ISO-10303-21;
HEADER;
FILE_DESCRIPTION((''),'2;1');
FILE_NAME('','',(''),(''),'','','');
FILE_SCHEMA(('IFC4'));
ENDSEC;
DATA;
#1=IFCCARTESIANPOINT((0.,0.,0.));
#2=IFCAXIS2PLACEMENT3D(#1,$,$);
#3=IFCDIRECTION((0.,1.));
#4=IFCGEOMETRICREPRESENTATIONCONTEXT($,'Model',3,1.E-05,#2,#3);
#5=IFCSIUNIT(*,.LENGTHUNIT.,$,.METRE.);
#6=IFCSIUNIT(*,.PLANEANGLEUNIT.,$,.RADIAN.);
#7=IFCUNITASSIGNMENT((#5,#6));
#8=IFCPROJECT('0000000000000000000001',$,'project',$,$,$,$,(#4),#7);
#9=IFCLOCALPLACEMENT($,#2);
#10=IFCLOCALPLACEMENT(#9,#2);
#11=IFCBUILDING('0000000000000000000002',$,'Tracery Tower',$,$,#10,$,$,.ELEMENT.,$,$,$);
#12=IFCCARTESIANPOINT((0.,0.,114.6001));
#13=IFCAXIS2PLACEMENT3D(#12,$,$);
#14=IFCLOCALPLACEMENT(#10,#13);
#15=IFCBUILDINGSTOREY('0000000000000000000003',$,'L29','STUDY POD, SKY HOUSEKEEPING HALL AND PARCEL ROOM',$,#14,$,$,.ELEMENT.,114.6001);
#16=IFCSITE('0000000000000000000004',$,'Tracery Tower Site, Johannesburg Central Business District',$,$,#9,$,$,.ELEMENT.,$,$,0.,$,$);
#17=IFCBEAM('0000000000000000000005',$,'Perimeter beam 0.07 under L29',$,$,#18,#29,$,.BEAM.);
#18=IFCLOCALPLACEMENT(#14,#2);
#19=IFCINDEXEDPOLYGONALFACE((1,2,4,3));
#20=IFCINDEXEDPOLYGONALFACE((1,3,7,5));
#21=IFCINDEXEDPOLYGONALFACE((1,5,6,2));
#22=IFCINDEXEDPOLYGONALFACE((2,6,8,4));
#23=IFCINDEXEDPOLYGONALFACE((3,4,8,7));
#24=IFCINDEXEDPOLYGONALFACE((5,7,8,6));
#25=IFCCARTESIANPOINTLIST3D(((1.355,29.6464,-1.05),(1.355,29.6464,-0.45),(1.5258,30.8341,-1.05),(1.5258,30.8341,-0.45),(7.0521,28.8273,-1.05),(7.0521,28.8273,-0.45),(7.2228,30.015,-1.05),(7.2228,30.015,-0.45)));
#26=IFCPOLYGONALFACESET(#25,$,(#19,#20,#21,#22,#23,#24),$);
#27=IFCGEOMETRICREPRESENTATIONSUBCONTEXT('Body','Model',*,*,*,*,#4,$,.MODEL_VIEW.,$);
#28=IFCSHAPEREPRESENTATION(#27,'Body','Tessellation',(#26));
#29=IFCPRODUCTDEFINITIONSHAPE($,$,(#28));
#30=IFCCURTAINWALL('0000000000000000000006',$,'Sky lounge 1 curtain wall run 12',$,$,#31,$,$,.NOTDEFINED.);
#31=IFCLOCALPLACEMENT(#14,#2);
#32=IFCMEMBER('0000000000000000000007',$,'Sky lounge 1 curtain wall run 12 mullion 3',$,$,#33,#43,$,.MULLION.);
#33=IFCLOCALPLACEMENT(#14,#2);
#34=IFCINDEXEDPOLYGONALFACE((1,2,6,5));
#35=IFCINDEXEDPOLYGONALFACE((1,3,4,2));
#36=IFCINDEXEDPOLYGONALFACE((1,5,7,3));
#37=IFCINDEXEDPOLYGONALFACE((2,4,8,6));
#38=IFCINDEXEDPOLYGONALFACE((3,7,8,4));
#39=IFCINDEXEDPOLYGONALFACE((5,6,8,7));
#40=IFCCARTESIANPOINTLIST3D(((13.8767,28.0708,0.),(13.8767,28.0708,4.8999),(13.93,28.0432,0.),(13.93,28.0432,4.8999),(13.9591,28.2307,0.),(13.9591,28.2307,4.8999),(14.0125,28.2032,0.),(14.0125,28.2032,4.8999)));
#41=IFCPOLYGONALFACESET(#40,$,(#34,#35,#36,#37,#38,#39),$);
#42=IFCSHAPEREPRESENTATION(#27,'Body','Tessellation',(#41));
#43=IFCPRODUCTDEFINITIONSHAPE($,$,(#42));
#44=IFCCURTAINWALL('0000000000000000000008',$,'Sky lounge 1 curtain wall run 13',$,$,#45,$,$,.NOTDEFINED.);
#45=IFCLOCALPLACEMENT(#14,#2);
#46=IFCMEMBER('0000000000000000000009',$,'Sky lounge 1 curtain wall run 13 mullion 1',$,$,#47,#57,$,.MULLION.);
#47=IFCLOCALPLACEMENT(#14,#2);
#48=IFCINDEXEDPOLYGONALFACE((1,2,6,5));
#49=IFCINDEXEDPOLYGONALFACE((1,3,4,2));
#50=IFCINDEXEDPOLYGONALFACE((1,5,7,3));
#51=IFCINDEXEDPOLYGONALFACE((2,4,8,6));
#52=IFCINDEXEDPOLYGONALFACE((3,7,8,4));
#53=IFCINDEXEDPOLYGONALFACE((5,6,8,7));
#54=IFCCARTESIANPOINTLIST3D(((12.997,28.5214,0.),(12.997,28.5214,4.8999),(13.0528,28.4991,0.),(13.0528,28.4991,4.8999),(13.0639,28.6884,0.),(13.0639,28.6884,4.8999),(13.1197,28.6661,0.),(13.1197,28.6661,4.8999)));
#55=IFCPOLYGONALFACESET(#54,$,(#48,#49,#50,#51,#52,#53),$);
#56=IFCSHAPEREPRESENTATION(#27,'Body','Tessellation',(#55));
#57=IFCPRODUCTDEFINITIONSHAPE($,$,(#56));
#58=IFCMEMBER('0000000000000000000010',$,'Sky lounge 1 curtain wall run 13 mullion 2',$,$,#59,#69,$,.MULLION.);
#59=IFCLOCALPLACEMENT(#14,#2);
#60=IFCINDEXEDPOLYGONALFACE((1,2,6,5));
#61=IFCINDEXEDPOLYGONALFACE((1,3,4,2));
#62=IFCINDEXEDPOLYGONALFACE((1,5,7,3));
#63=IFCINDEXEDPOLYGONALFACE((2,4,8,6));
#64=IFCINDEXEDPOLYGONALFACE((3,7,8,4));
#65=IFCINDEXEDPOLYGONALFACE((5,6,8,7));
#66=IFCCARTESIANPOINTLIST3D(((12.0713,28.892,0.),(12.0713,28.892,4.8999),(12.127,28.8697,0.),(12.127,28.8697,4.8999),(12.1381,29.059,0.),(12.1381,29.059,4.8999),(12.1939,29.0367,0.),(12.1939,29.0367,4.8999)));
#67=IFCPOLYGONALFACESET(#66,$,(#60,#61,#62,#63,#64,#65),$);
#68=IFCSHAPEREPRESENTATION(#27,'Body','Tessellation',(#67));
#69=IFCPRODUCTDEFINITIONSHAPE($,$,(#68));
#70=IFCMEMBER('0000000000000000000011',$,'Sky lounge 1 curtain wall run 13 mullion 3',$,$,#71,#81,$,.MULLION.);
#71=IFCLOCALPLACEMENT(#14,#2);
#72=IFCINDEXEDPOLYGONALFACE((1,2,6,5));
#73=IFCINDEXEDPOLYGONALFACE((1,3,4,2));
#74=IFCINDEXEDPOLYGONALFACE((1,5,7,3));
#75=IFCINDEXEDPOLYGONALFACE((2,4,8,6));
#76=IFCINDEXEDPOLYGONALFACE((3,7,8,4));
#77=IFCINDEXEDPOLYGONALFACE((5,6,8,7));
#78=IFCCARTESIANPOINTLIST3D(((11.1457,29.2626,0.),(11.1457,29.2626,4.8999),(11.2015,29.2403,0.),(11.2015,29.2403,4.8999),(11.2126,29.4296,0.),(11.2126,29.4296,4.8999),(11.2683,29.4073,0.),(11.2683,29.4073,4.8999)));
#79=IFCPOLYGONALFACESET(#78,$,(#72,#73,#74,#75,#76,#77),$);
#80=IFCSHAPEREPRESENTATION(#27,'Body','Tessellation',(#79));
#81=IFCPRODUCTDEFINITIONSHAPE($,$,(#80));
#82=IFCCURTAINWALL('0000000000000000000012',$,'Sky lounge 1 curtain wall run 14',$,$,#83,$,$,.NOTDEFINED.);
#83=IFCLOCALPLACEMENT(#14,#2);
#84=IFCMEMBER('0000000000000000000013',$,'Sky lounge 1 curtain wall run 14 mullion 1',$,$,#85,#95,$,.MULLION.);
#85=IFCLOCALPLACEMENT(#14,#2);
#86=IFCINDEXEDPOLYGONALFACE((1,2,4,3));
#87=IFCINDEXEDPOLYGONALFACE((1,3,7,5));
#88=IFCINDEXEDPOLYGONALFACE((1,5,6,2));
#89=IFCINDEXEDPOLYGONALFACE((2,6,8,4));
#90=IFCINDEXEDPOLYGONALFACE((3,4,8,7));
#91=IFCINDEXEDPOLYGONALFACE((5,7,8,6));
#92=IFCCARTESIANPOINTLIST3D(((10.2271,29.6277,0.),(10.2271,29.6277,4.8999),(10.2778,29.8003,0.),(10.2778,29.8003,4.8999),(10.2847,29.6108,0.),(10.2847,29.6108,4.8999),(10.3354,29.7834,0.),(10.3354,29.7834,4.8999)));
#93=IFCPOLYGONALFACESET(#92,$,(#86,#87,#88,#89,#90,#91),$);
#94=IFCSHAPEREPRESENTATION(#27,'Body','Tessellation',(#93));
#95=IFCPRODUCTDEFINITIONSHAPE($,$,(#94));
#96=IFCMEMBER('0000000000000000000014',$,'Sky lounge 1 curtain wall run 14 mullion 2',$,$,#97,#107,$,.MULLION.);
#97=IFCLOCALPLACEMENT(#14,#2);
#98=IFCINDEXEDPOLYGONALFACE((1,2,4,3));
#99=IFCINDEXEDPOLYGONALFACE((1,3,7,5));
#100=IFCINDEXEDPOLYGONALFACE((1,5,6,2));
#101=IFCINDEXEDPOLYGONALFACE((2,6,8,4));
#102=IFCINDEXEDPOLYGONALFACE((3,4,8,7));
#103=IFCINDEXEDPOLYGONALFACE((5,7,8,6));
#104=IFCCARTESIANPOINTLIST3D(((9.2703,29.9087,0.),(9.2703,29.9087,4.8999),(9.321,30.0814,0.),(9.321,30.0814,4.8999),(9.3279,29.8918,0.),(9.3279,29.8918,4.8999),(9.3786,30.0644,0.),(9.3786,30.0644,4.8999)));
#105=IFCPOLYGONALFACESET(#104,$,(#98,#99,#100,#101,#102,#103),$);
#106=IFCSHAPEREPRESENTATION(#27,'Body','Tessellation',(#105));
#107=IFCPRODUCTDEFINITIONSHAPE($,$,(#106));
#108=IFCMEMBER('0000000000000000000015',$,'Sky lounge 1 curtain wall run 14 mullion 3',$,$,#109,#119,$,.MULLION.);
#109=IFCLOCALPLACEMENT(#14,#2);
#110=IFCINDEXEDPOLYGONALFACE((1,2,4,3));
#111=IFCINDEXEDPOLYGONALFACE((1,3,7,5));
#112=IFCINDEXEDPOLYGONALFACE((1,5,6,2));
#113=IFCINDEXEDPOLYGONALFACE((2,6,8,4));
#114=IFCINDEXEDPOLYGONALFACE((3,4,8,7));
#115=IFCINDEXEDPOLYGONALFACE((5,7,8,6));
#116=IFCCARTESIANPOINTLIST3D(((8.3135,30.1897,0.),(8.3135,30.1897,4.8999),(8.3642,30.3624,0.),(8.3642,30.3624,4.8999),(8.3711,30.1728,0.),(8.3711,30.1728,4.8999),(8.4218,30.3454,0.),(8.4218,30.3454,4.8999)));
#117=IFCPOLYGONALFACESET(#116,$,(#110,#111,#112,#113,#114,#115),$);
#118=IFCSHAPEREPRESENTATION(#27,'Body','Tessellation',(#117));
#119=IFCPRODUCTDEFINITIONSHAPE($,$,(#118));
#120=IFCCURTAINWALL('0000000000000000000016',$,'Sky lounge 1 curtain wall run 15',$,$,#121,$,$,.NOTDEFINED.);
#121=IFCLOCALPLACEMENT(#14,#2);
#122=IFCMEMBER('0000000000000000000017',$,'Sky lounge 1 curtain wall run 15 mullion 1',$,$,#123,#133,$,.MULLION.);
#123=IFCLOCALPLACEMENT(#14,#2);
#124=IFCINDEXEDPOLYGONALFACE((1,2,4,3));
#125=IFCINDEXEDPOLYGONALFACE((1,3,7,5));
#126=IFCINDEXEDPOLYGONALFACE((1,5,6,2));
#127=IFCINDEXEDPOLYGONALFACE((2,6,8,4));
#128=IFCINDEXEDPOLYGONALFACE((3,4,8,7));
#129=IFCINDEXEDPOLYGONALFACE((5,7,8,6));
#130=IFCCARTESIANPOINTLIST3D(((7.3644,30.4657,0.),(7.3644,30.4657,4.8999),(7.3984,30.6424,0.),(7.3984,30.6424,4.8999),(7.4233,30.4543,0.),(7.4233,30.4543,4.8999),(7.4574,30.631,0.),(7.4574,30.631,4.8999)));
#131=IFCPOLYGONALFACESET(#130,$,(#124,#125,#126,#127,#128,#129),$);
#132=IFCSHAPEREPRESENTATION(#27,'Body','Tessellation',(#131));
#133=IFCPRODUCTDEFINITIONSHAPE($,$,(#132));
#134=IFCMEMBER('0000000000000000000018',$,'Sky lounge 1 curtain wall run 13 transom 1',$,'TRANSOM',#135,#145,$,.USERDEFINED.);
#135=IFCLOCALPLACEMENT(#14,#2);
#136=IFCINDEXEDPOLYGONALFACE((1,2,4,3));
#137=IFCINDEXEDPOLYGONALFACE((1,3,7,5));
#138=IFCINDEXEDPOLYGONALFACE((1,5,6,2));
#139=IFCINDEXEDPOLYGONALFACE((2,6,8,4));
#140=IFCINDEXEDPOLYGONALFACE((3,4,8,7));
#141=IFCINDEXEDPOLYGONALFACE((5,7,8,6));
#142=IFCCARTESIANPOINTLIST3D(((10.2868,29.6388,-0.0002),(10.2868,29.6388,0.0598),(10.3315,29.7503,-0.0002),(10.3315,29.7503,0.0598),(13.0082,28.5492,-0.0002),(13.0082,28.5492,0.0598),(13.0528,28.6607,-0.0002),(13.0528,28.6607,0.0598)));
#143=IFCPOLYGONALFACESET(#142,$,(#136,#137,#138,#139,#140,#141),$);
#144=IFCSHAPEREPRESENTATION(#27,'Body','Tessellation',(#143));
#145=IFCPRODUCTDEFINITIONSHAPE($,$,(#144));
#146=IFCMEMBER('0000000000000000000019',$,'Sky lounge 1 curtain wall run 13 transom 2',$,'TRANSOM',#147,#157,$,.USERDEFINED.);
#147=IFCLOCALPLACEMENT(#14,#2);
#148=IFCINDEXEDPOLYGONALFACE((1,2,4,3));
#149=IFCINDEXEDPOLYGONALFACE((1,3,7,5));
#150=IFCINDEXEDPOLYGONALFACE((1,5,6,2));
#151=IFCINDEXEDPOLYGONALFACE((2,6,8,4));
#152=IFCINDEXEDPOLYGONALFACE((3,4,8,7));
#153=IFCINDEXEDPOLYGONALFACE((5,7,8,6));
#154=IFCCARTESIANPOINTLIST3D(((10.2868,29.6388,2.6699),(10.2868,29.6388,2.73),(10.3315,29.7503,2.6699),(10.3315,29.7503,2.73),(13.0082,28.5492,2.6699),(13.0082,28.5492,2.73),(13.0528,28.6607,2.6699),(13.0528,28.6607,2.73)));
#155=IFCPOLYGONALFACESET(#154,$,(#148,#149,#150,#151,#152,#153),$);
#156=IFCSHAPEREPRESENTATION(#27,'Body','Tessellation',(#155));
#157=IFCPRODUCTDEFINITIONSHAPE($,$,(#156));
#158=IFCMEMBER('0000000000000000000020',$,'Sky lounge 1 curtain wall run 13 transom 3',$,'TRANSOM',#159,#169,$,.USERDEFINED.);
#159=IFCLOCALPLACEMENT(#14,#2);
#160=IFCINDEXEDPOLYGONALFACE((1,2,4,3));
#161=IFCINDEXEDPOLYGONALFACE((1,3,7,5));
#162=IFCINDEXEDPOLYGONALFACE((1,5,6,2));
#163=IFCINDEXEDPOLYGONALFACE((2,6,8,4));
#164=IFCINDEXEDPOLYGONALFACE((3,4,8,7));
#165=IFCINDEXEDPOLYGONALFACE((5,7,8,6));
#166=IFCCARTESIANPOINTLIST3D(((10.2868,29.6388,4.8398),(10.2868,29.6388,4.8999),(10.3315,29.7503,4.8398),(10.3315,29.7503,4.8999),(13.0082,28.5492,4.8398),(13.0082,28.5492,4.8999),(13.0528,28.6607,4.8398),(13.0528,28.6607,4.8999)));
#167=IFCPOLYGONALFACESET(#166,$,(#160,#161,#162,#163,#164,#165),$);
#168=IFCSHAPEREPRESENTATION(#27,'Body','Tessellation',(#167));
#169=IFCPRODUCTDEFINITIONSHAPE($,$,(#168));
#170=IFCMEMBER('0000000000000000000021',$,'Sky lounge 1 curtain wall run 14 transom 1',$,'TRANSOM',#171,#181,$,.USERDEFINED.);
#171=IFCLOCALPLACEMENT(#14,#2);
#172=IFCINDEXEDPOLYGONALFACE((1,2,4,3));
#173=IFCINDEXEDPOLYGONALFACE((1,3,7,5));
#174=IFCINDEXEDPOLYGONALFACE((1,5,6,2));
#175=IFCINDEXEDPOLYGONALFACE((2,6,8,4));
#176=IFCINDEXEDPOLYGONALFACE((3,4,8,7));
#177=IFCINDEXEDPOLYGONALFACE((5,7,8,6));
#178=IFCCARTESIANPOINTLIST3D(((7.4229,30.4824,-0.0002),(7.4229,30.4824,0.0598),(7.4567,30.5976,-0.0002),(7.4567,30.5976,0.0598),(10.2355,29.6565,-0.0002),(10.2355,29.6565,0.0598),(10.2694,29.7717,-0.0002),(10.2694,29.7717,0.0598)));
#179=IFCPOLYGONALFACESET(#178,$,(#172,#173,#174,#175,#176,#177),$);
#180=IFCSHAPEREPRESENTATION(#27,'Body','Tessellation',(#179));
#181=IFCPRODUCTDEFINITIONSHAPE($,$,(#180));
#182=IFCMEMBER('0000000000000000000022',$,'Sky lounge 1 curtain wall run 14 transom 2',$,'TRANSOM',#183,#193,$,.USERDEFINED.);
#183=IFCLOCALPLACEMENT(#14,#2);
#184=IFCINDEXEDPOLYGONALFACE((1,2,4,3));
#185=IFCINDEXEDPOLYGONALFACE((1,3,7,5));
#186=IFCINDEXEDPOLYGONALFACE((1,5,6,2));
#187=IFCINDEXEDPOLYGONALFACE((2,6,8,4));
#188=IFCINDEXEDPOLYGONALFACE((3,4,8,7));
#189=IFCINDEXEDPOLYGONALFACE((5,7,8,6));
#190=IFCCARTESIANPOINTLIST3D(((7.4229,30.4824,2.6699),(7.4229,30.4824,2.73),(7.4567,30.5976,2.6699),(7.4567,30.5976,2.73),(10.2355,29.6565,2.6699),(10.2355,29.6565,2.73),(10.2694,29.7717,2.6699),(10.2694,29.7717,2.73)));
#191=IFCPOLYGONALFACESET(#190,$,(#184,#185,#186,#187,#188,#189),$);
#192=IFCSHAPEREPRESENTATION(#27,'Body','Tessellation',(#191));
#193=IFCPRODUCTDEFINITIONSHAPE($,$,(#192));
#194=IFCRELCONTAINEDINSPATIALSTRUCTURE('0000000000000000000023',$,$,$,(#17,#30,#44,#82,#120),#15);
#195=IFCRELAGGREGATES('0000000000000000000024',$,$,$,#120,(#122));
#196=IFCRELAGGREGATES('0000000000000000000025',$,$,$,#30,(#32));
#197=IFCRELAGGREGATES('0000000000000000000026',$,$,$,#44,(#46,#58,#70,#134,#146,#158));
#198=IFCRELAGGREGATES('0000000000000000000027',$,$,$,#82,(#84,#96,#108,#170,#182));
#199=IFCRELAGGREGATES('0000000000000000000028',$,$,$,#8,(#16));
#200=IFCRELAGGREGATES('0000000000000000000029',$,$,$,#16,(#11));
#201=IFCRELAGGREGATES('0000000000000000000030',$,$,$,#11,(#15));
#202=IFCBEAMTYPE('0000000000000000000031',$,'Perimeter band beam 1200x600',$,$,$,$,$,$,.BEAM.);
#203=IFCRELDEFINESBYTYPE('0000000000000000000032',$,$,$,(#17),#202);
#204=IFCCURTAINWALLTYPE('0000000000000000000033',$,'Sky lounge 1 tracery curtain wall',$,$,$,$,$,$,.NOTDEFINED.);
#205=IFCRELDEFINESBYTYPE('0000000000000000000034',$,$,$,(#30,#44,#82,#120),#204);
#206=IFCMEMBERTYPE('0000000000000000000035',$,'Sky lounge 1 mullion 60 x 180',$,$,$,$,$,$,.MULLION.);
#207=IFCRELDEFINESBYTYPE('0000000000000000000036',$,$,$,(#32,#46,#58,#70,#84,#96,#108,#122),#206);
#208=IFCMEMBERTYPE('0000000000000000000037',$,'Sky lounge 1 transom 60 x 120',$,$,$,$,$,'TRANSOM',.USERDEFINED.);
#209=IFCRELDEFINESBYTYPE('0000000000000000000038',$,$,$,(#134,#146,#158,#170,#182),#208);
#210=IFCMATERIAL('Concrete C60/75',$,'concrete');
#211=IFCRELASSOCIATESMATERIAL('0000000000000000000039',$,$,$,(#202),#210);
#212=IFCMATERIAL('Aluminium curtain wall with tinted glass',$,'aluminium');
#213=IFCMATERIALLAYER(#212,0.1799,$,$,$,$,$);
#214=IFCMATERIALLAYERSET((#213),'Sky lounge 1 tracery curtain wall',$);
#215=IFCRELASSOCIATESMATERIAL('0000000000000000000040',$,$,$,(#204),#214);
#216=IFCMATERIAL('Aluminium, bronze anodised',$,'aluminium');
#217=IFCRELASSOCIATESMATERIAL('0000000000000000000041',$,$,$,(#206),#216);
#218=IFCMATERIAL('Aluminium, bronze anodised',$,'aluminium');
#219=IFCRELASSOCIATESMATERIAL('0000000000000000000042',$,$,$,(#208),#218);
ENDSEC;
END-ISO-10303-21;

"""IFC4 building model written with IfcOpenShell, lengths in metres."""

from ifc_helpers import new_model, si_unit, direction, frame, origin, origin_2d, place, context, subcontext, project, spatial, rectangle, extrude, material, layer, layer_set, material_profile, profile_set, type_object, element, aggregate, save


model = new_model("IFC4")

# Units and contexts
model_context = context("Model", 3, precision=1e-05, world=origin(), true_north=direction((0.0, 1.0)))
body_context = subcontext(model_context, "Body", "Model", "MODEL_VIEW")
ifc_project = project(units=[si_unit("LENGTHUNIT", "METRE"), si_unit("PLANEANGLEUNIT", "RADIAN")], contexts=[model_context])

# Site, building, storey
site_placement = place(None, origin())
site = spatial("IfcSite", under=ifc_project, at=site_placement, Name="Tracery Tower Site, Johannesburg Central Business District", CompositionType="ELEMENT", RefElevation=0.0)
building_placement = place(site_placement, origin())
building = spatial("IfcBuilding", under=site, at=building_placement, Name="Tracery Tower", CompositionType="ELEMENT")
storey_placement = place(building_placement, frame((0.0, 0.0, 114.6001)))
storey = spatial("IfcBuildingStorey", under=building, at=storey_placement, Name="L29", Description="STUDY POD, SKY HOUSEKEEPING HALL AND PARCEL ROOM", CompositionType="ELEMENT", Elevation=114.6001)

# Beam
ifc_material_1 = material(Name="Concrete C60/75", Category="concrete")
ifc_material_profile_1 = material_profile(ifc_material_1, rectangle(XDim=1.2, YDim=0.6001, at=origin_2d()), Name="RC 1200x600")
ifc_profile_set_1 = profile_set([ifc_material_profile_1], Name="Concrete C60/75")
beam_type = type_object("IfcBeamType", Name="Perimeter band beam 1200x600", PredefinedType="BEAM", material=ifc_profile_set_1)
beam_placement = place(storey_placement, frame((7.1375, 29.4211, -0.75), z_axis=(-0.989822, 0.142312, 0.0), x_axis=(-0.142312, -0.989822, 0.0)))
element("IfcBeam", 1, at=beam_placement, inside=storey, type_object=beam_type, Name="Perimeter beam 0.07 under L29", PredefinedType="BEAM", context=body_context, shape_type="SweptSolid", body=[
    extrude(rectangle(XDim=1.2, YDim=0.6001, at=origin_2d()), origin(), (0.0, 0.0, 1.0), 5.7556),
])

# Curtain wall, member
ifc_material_2 = material(Name="Aluminium curtain wall with tinted glass", Category="aluminium")
ifc_layer_1 = layer(ifc_material_2, 0.1799)
ifc_layer_set_1 = layer_set([ifc_layer_1], Name="Sky lounge 1 tracery curtain wall")
curtain_wall_type = type_object("IfcCurtainWallType", Name="Sky lounge 1 tracery curtain wall", PredefinedType="NOTDEFINED", material=ifc_layer_set_1)
curtain_wall_1_placement = place(storey_placement, origin())
curtain_wall_1 = element("IfcCurtainWall", 2, at=curtain_wall_1_placement, inside=storey, type_object=curtain_wall_type, Name="Sky lounge 1 curtain wall run 12", PredefinedType="NOTDEFINED")
ifc_material_3 = material(Name="Aluminium, bronze anodised", Category="aluminium")
ifc_material_profile_2 = material_profile(ifc_material_3, rectangle(XDim=0.1799, YDim=0.0601, at=origin_2d()), Name="AL 60x180")
ifc_profile_set_2 = profile_set([ifc_material_profile_2], Name="Aluminium, bronze anodised")
member_type_1 = type_object("IfcMemberType", Name="Sky lounge 1 mullion 60 x 180", PredefinedType="MULLION", material=ifc_profile_set_2)
member_1_placement = place(storey_placement, frame((13.9446, 28.137, 0.0), z_axis=(0.0, 0.0, 1.0), x_axis=(-0.458227, -0.888835, 0.0)))
member_1 = element("IfcMember", 3, at=member_1_placement, type_object=member_type_1, Name="Sky lounge 1 curtain wall run 12 mullion 3", PredefinedType="MULLION", context=body_context, shape_type="SweptSolid", body=[
    extrude(rectangle(XDim=0.1799, YDim=0.0601, at=origin_2d()), origin(), (0.0, 0.0, 1.0), 4.8999),
])

# Curtain walls, members
curtain_wall_2_placement = place(storey_placement, origin())
curtain_wall_2 = element("IfcCurtainWall", 4, at=curtain_wall_2_placement, inside=storey, type_object=curtain_wall_type, Name="Sky lounge 1 curtain wall run 13", PredefinedType="NOTDEFINED")
member_2_placement = place(storey_placement, frame((13.0583, 28.5938, 0.0), z_axis=(0.0, 0.0, 1.0), x_axis=(-0.371662, -0.928368, 0.0)))
member_2 = element("IfcMember", 5, at=member_2_placement, type_object=member_type_1, Name="Sky lounge 1 curtain wall run 13 mullion 1", PredefinedType="MULLION", context=body_context, shape_type="SweptSolid", body=[
    extrude(rectangle(XDim=0.1799, YDim=0.0601, at=origin_2d()), origin(), (0.0, 0.0, 1.0), 4.8999),
])
member_3_placement = place(storey_placement, frame((12.1326, 28.9644, 0.0), z_axis=(0.0, 0.0, 1.0), x_axis=(-0.371662, -0.928368, 0.0)))
member_3 = element("IfcMember", 6, at=member_3_placement, type_object=member_type_1, Name="Sky lounge 1 curtain wall run 13 mullion 2", PredefinedType="MULLION", context=body_context, shape_type="SweptSolid", body=[
    extrude(rectangle(XDim=0.1799, YDim=0.0601, at=origin_2d()), origin(), (0.0, 0.0, 1.0), 4.8999),
])
member_4_placement = place(storey_placement, frame((11.207, 29.335, 0.0), z_axis=(0.0, 0.0, 1.0), x_axis=(-0.371662, -0.928368, 0.0)))
member_4 = element("IfcMember", 7, at=member_4_placement, type_object=member_type_1, Name="Sky lounge 1 curtain wall run 13 mullion 3", PredefinedType="MULLION", context=body_context, shape_type="SweptSolid", body=[
    extrude(rectangle(XDim=0.1799, YDim=0.0601, at=origin_2d()), origin(), (0.0, 0.0, 1.0), 4.8999),
])
curtain_wall_3_placement = place(storey_placement, origin())
curtain_wall_3 = element("IfcCurtainWall", 8, at=curtain_wall_3_placement, inside=storey, type_object=curtain_wall_type, Name="Sky lounge 1 curtain wall run 14", PredefinedType="NOTDEFINED")
member_5_placement = place(storey_placement, frame((10.2812, 29.7056, 0.0), z_axis=(0.0, 0.0, 1.0), x_axis=(-0.281733, -0.959493, 0.0)))
member_5 = element("IfcMember", 9, at=member_5_placement, type_object=member_type_1, Name="Sky lounge 1 curtain wall run 14 mullion 1", PredefinedType="MULLION", context=body_context, shape_type="SweptSolid", body=[
    extrude(rectangle(XDim=0.1799, YDim=0.0601, at=origin_2d()), origin(), (0.0, 0.0, 1.0), 4.8999),
])
member_6_placement = place(storey_placement, frame((9.3245, 29.9866, 0.0), z_axis=(0.0, 0.0, 1.0), x_axis=(-0.281733, -0.959493, 0.0)))
member_6 = element("IfcMember", 10, at=member_6_placement, type_object=member_type_1, Name="Sky lounge 1 curtain wall run 14 mullion 2", PredefinedType="MULLION", context=body_context, shape_type="SweptSolid", body=[
    extrude(rectangle(XDim=0.1799, YDim=0.0601, at=origin_2d()), origin(), (0.0, 0.0, 1.0), 4.8999),
])
member_7_placement = place(storey_placement, frame((8.3677, 30.2676, 0.0), z_axis=(0.0, 0.0, 1.0), x_axis=(-0.281733, -0.959493, 0.0)))
member_7 = element("IfcMember", 11, at=member_7_placement, type_object=member_type_1, Name="Sky lounge 1 curtain wall run 14 mullion 3", PredefinedType="MULLION", context=body_context, shape_type="SweptSolid", body=[
    extrude(rectangle(XDim=0.1799, YDim=0.0601, at=origin_2d()), origin(), (0.0, 0.0, 1.0), 4.8999),
])

# Curtain wall, member
curtain_wall_4_placement = place(storey_placement, origin())
curtain_wall_4 = element("IfcCurtainWall", 12, at=curtain_wall_4_placement, inside=storey, type_object=curtain_wall_type, Name="Sky lounge 1 curtain wall run 15", PredefinedType="NOTDEFINED")
member_8_placement = place(storey_placement, frame((7.4109, 30.5483, 0.0), z_axis=(0.0, 0.0, 1.0), x_axis=(-0.189251, -0.981929, 0.0)))
member_8 = element("IfcMember", 13, at=member_8_placement, type_object=member_type_1, Name="Sky lounge 1 curtain wall run 15 mullion 1", PredefinedType="MULLION", context=body_context, shape_type="SweptSolid", body=[
    extrude(rectangle(XDim=0.1799, YDim=0.0601, at=origin_2d()), origin(), (0.0, 0.0, 1.0), 4.8999),
])

# Members
ifc_material_4 = material(Name="Aluminium, bronze anodised", Category="aluminium")
ifc_material_profile_3 = material_profile(ifc_material_4, rectangle(XDim=0.1201, YDim=0.0601, at=origin_2d()), Name="AL 60x120")
ifc_profile_set_3 = profile_set([ifc_material_profile_3], Name="Aluminium, bronze anodised")
member_type_2 = type_object("IfcMemberType", Name="Sky lounge 1 transom 60 x 120", ElementType="TRANSOM", PredefinedType="USERDEFINED", material=ifc_profile_set_3)
member_9_placement = place(storey_placement, frame((13.0305, 28.605, 0.0298), z_axis=(-0.928356, 0.371692, 0.0), x_axis=(-0.371692, -0.928356, 0.0)))
member_9 = element("IfcMember", 14, at=member_9_placement, type_object=member_type_2, Name="Sky lounge 1 curtain wall run 13 transom 1", ObjectType="TRANSOM", PredefinedType="USERDEFINED", context=body_context, shape_type="SweptSolid", body=[
    extrude(rectangle(XDim=0.1201, YDim=0.0601, at=origin_2d()), origin(), (0.0, 0.0, 1.0), 2.9314),
])
member_10_placement = place(storey_placement, frame((13.0305, 28.605, 2.7), z_axis=(-0.928356, 0.371692, 0.0), x_axis=(-0.371692, -0.928356, 0.0)))
member_10 = element("IfcMember", 15, at=member_10_placement, type_object=member_type_2, Name="Sky lounge 1 curtain wall run 13 transom 2", ObjectType="TRANSOM", PredefinedType="USERDEFINED", context=body_context, shape_type="SweptSolid", body=[
    extrude(rectangle(XDim=0.1201, YDim=0.0601, at=origin_2d()), origin(), (0.0, 0.0, 1.0), 2.9314),
])
member_11_placement = place(storey_placement, frame((13.0305, 28.605, 4.8699), z_axis=(-0.928356, 0.371692, 0.0), x_axis=(-0.371692, -0.928356, 0.0)))
member_11 = element("IfcMember", 16, at=member_11_placement, type_object=member_type_2, Name="Sky lounge 1 curtain wall run 13 transom 3", ObjectType="TRANSOM", PredefinedType="USERDEFINED", context=body_context, shape_type="SweptSolid", body=[
    extrude(rectangle(XDim=0.1201, YDim=0.0601, at=origin_2d()), origin(), (0.0, 0.0, 1.0), 2.9314),
])
member_12_placement = place(storey_placement, frame((10.2524, 29.7141, 0.0298), z_axis=(-0.95949, 0.281742, 0.0), x_axis=(-0.281742, -0.95949, 0.0)))
member_12 = element("IfcMember", 17, at=member_12_placement, type_object=member_type_2, Name="Sky lounge 1 curtain wall run 14 transom 1", ObjectType="TRANSOM", PredefinedType="USERDEFINED", context=body_context, shape_type="SweptSolid", body=[
    extrude(rectangle(XDim=0.1201, YDim=0.0601, at=origin_2d()), origin(), (0.0, 0.0, 1.0), 2.9314),
])
member_13_placement = place(storey_placement, frame((10.2524, 29.7141, 2.7), z_axis=(-0.95949, 0.281742, 0.0), x_axis=(-0.281742, -0.95949, 0.0)))
member_13 = element("IfcMember", 18, at=member_13_placement, type_object=member_type_2, Name="Sky lounge 1 curtain wall run 14 transom 2", ObjectType="TRANSOM", PredefinedType="USERDEFINED", context=body_context, shape_type="SweptSolid", body=[
    extrude(rectangle(XDim=0.1201, YDim=0.0601, at=origin_2d()), origin(), (0.0, 0.0, 1.0), 2.9314),
])
aggregate(curtain_wall_4, [member_8])

aggregate(curtain_wall_1, [member_1])
aggregate(curtain_wall_2, [member_2, member_3, member_4, member_9, member_10, member_11])
aggregate(curtain_wall_3, [member_5, member_6, member_7, member_12, member_13])

save(model, "model.ifc")
